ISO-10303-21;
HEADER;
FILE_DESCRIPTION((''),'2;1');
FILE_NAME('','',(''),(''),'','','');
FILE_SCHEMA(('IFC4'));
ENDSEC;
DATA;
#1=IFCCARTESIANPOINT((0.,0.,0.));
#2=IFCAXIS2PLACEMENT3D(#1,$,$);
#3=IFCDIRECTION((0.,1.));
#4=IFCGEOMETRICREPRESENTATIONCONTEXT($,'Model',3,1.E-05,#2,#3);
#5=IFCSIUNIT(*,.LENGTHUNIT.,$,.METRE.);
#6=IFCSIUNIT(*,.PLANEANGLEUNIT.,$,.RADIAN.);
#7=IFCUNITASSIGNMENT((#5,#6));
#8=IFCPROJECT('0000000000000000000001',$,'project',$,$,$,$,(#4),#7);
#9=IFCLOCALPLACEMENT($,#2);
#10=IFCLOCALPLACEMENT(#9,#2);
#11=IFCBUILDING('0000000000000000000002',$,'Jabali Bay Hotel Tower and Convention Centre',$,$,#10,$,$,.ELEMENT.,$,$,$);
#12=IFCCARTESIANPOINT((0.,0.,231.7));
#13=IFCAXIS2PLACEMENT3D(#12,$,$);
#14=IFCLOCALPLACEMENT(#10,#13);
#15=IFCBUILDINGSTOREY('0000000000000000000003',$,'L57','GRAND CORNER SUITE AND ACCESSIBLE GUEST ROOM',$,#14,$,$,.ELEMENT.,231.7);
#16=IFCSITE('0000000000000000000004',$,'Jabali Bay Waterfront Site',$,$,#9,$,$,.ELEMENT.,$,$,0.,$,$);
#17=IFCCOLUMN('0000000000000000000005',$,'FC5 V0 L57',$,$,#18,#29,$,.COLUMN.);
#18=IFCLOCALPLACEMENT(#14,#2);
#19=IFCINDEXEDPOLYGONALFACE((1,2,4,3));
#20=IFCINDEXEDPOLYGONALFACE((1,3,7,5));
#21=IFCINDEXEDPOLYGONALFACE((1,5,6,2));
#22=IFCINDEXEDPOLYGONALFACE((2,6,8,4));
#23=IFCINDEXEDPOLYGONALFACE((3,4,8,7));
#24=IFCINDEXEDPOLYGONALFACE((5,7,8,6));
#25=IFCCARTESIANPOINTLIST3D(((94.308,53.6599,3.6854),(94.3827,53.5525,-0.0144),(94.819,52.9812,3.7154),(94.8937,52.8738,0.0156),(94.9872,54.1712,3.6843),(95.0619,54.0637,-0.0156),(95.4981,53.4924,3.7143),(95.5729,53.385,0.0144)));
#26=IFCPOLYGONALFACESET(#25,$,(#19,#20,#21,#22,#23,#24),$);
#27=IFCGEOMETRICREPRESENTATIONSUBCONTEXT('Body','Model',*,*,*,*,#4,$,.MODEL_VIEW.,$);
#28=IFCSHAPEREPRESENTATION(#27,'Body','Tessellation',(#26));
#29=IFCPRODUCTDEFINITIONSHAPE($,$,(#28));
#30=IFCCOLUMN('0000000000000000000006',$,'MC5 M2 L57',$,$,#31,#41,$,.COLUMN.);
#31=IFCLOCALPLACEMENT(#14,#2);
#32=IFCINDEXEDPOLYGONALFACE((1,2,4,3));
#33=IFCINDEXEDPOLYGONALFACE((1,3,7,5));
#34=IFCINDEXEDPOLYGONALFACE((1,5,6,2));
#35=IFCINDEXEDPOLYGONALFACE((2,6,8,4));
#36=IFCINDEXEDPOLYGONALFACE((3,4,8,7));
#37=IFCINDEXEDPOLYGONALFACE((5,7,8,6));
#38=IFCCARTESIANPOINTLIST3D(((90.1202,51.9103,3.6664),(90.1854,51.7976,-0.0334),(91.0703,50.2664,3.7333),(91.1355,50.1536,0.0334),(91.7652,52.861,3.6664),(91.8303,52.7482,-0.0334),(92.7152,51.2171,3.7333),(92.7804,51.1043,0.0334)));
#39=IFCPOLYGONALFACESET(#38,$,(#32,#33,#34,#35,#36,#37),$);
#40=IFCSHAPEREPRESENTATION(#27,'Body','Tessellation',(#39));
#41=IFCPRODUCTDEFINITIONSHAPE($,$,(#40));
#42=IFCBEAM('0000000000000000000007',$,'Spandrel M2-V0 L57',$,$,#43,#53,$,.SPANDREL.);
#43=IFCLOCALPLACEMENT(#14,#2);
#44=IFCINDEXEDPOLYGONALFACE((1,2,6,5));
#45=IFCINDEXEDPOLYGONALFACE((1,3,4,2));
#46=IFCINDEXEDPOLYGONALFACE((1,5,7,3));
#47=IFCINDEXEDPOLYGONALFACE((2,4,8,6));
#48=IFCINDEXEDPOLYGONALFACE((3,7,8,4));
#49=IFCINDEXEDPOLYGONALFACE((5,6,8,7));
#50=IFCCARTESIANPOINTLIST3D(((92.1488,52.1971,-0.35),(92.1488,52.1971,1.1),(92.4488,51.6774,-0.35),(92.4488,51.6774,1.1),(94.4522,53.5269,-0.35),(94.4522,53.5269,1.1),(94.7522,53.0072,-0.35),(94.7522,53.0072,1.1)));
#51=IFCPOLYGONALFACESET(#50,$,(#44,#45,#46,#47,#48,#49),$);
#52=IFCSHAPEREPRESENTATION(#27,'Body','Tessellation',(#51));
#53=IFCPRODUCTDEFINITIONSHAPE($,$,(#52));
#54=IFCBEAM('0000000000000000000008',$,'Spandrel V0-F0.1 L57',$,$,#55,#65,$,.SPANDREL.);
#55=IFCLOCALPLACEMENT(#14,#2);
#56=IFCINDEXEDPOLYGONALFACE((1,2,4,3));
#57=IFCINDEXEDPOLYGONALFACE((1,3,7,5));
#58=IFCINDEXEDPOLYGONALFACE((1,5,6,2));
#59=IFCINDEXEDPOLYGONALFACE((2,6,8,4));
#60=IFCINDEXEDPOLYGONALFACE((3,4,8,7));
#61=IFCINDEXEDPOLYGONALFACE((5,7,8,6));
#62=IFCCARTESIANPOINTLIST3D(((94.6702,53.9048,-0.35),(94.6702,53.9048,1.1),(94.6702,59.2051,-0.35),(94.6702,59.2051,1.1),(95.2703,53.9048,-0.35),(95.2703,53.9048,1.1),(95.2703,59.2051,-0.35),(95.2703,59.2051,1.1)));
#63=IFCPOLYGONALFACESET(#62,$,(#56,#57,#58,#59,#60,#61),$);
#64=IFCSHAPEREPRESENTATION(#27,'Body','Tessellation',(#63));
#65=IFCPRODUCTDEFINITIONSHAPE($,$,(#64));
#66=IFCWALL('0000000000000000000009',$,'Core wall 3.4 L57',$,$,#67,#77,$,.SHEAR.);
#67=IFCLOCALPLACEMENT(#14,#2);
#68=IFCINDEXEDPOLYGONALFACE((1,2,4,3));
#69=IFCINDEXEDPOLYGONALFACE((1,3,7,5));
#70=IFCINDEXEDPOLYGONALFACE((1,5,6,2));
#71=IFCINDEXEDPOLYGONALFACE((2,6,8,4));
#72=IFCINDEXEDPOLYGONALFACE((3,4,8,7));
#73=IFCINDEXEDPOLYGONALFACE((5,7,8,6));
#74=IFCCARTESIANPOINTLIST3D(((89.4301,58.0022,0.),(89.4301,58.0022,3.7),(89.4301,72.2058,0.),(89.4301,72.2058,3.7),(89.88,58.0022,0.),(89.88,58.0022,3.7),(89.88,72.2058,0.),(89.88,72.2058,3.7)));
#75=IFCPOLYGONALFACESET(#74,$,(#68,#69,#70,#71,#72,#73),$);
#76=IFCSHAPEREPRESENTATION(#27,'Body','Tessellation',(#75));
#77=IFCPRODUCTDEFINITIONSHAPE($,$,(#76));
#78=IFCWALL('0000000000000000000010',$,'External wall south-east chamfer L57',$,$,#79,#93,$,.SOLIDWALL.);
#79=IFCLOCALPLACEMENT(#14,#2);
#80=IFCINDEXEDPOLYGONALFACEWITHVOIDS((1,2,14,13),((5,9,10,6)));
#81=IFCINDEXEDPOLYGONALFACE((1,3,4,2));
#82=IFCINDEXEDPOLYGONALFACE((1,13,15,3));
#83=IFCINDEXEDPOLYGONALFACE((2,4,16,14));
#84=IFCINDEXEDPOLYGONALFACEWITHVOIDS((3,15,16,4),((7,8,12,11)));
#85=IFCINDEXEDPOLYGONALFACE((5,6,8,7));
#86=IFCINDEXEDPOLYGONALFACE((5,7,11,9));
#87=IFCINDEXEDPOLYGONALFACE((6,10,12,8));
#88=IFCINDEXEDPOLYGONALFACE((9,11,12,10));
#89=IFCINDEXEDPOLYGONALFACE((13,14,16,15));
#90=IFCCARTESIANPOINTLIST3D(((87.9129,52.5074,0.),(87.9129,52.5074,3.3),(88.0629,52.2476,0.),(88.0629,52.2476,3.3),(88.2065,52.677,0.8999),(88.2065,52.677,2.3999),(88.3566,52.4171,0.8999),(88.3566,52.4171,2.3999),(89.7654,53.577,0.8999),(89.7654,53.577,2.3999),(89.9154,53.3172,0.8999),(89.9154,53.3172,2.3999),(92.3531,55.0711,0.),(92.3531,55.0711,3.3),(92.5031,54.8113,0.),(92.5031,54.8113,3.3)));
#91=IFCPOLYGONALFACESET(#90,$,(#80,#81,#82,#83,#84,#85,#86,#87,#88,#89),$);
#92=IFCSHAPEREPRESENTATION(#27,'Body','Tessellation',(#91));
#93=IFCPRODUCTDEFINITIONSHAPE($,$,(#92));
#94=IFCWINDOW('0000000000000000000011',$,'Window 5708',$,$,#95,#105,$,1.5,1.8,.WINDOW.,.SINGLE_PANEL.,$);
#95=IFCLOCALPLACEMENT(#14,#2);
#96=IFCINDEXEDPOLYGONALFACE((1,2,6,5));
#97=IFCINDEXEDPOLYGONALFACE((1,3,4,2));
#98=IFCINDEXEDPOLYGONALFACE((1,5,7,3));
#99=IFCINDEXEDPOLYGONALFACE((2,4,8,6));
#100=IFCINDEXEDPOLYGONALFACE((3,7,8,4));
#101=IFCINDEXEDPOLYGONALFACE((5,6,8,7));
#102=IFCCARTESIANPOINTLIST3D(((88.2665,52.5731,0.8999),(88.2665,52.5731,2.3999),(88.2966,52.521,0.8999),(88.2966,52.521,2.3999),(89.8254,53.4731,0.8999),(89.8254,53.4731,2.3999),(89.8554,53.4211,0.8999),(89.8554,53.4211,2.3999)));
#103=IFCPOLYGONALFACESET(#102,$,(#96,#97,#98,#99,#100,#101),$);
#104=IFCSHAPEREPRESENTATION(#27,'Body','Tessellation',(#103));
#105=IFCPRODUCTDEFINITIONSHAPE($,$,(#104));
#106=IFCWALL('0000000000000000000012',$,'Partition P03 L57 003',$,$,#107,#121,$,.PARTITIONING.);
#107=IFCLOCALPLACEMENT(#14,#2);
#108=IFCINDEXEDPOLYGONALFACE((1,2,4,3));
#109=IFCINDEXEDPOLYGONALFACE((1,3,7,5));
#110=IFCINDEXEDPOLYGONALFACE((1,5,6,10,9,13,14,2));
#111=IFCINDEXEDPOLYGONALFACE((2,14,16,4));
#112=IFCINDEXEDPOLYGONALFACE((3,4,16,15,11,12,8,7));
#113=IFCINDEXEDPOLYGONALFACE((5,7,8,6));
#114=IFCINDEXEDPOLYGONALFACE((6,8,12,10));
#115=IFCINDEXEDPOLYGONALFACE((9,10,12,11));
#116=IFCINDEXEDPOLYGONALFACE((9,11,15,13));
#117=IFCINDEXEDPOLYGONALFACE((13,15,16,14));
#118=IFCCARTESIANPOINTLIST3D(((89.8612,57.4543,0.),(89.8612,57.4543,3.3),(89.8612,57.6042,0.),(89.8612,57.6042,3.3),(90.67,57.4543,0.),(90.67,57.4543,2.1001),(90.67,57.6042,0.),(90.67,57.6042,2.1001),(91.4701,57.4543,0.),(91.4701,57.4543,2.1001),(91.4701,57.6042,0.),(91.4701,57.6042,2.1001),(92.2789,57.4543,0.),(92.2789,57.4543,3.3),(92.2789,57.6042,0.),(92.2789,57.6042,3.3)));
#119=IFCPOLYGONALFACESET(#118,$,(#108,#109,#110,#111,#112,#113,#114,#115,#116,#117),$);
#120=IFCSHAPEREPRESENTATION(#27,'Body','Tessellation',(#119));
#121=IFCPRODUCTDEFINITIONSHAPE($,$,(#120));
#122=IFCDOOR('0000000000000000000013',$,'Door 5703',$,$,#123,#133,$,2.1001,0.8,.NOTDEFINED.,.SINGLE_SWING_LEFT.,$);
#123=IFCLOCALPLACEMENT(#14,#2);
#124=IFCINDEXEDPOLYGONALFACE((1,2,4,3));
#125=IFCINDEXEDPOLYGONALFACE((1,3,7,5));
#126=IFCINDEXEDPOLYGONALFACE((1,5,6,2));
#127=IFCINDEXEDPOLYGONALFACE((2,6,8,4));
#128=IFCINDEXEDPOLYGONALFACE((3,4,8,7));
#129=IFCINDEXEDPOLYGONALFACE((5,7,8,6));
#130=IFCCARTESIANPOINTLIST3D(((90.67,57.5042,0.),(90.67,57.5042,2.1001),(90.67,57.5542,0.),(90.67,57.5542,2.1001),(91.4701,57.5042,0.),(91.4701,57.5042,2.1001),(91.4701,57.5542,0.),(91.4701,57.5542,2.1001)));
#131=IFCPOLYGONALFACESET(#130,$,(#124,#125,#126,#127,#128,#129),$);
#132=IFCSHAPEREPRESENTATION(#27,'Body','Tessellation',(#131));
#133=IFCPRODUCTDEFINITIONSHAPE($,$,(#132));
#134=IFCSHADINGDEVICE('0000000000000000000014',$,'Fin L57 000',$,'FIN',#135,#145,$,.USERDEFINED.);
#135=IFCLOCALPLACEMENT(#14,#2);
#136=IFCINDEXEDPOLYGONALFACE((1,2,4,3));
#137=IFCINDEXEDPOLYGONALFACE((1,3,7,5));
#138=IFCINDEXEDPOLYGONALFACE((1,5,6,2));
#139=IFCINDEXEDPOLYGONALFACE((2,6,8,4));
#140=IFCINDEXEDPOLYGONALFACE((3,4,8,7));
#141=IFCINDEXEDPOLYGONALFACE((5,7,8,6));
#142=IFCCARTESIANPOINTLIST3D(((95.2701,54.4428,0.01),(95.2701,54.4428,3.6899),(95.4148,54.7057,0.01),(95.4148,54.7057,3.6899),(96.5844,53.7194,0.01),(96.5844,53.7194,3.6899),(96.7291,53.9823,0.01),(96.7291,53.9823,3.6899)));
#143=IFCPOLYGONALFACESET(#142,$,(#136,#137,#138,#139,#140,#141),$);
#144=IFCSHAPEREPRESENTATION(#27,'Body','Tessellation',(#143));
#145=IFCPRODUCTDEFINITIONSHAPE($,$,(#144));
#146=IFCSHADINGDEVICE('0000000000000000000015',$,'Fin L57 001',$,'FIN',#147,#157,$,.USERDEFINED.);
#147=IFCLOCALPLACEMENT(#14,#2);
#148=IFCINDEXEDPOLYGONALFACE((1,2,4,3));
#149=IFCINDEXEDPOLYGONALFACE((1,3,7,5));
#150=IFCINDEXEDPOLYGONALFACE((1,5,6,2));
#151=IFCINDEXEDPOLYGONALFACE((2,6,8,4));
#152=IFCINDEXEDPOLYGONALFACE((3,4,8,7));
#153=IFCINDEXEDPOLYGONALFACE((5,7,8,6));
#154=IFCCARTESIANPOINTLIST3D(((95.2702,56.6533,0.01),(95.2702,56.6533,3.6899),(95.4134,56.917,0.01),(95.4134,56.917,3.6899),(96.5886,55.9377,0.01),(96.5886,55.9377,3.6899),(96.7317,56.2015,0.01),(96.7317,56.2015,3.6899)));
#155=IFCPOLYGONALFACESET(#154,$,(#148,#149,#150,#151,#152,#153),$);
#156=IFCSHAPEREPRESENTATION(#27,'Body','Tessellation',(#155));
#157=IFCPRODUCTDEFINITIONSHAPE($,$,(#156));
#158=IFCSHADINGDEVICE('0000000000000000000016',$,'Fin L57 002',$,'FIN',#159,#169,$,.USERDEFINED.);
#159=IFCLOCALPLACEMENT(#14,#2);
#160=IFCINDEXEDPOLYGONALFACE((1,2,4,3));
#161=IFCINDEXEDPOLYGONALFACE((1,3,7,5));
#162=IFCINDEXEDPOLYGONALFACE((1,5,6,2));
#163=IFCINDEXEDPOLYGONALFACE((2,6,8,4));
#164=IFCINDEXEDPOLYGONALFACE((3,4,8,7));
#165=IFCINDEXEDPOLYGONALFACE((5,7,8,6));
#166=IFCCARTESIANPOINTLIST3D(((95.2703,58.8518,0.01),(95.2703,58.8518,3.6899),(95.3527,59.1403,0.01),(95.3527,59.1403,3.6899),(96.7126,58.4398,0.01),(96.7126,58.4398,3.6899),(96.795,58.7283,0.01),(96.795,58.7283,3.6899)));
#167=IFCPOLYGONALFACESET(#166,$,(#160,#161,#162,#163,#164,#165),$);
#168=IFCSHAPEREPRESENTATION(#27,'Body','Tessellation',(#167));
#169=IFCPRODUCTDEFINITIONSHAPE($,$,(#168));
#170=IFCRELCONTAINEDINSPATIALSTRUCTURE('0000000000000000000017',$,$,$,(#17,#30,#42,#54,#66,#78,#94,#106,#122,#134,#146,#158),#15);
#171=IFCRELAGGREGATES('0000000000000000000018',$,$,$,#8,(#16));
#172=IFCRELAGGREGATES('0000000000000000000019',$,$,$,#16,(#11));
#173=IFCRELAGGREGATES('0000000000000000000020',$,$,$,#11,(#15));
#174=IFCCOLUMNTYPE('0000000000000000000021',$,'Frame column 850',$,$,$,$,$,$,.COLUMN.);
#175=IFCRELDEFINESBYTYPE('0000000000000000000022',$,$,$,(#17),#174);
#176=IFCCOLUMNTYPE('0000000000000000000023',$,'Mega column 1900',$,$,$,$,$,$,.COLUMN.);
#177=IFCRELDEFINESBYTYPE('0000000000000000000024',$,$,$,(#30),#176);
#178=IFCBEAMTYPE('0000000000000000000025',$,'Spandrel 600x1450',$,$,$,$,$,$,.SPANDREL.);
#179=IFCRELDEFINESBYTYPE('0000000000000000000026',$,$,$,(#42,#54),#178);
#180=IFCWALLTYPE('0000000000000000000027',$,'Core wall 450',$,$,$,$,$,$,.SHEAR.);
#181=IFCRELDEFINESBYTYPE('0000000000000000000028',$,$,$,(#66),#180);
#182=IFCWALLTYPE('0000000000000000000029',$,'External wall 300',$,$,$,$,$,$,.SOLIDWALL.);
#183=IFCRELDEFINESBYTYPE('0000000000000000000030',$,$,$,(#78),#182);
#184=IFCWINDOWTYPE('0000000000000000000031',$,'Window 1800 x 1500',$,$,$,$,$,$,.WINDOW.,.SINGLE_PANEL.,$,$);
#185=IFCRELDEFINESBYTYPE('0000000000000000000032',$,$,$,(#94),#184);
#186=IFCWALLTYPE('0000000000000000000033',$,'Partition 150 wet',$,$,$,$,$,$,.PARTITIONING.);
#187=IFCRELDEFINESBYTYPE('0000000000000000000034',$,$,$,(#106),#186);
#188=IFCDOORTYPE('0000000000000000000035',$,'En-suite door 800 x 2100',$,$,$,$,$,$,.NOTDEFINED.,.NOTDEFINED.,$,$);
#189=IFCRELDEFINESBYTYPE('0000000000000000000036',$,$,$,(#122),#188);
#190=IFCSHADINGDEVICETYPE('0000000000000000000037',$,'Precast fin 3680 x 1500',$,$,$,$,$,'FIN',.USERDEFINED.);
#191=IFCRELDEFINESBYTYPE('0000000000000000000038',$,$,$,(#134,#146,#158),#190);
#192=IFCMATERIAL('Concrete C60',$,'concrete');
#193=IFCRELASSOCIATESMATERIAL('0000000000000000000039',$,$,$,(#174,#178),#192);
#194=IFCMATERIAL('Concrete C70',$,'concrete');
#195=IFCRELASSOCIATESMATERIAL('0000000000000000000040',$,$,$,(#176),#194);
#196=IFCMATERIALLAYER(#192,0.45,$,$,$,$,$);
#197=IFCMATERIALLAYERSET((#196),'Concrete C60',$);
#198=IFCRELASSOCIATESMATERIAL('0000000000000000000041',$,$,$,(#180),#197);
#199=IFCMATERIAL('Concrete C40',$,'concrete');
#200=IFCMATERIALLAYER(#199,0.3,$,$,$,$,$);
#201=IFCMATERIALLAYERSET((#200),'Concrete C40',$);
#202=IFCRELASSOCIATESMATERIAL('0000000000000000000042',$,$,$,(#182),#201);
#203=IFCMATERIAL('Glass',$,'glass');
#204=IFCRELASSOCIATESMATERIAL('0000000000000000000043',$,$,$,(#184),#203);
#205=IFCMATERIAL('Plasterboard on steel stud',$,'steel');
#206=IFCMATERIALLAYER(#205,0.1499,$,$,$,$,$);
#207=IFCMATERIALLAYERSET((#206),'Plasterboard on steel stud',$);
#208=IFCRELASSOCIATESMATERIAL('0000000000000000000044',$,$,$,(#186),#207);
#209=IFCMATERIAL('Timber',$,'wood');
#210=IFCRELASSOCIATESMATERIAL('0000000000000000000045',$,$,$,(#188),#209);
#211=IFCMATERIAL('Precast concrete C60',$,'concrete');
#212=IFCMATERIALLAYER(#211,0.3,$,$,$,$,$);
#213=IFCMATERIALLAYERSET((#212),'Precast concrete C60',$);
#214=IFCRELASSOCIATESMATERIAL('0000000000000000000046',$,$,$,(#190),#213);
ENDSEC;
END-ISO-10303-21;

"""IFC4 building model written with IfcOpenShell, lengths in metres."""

from ifc_helpers import new_model, si_unit, direction, frame, frame_2d, origin, origin_2d, place, context, subcontext, project, spatial, rectangle, extrude, material, layer, layer_set, material_profile, profile_set, type_object, element, fill, save


model = new_model("IFC4")

# Units and contexts
model_context = context("Model", 3, precision=1e-05, world=origin(), true_north=direction((0.0, 1.0)))
body_context = subcontext(model_context, "Body", "Model", "MODEL_VIEW")
ifc_project = project(units=[si_unit("LENGTHUNIT", "METRE"), si_unit("PLANEANGLEUNIT", "RADIAN")], contexts=[model_context])

# Site, building, storey
site_placement = place(None, origin())
site = spatial("IfcSite", under=ifc_project, at=site_placement, Name="Jabali Bay Waterfront Site", CompositionType="ELEMENT", RefElevation=0.0)
building_placement = place(site_placement, origin())
building = spatial("IfcBuilding", under=site, at=building_placement, Name="Jabali Bay Hotel Tower and Convention Centre", CompositionType="ELEMENT")
storey_placement = place(building_placement, frame((0.0, 0.0, 231.7)))
storey = spatial("IfcBuildingStorey", under=building, at=storey_placement, Name="L57", Description="GRAND CORNER SUITE AND ACCESSIBLE GUEST ROOM", CompositionType="ELEMENT", Elevation=231.7)

# Columns
ifc_material_1 = material(Name="Concrete C60", Category="concrete")
ifc_material_profile_1 = material_profile(ifc_material_1, rectangle(XDim=0.8501, YDim=0.8501, at=origin_2d()), Name="Frame column 850")
ifc_profile_set_1 = profile_set([ifc_material_profile_1], Name="Concrete C60")
column_type_1 = type_object("IfcColumnType", Name="Frame column 850", PredefinedType="COLUMN", material=ifc_profile_set_1)
column_1_placement = place(storey_placement, frame((94.9778, 53.4688, 0.0), z_axis=(-0.020179, 0.029015, 0.999375), x_axis=(-0.798956, -0.601388, 0.001328)))
element("IfcColumn", 1, at=column_1_placement, inside=storey, type_object=column_type_1, Name="FC5 V0 L57", PredefinedType="COLUMN", context=body_context, shape_type="SweptSolid", body=[
    extrude(rectangle(XDim=0.8501, YDim=0.8501, at=origin_2d()), origin(), (0.0, 0.0, 1.0), 3.7021),
])
ifc_material_2 = material(Name="Concrete C70", Category="concrete")
ifc_material_profile_2 = material_profile(ifc_material_2, rectangle(XDim=1.8999, YDim=1.8999, at=origin_2d()), Name="Mega column 1900")
ifc_profile_set_2 = profile_set([ifc_material_profile_2], Name="Concrete C70")
column_type_2 = type_object("IfcColumnType", Name="Mega column 1900", PredefinedType="COLUMN", material=ifc_profile_set_2)
column_2_placement = place(storey_placement, frame((91.4829, 51.4509, 0.0), z_axis=(-0.017607, 0.030466, 0.999381), x_axis=(-0.865808, -0.500377, 0.0)))
element("IfcColumn", 2, at=column_2_placement, inside=storey, type_object=column_type_2, Name="MC5 M2 L57", PredefinedType="COLUMN", context=body_context, shape_type="SweptSolid", body=[
    extrude(rectangle(XDim=1.8999, YDim=1.8999, at=origin_2d()), origin(), (0.0, 0.0, 1.0), 3.7021),
])

# Beams
ifc_material_profile_3 = material_profile(ifc_material_1, rectangle(XDim=0.6001, YDim=1.45, at=origin_2d()), Name="Spandrel 600x1450")
ifc_profile_set_3 = profile_set([ifc_material_profile_3], Name="Concrete C60")
beam_type = type_object("IfcBeamType", Name="Spandrel 600x1450", PredefinedType="SPANDREL", material=ifc_profile_set_3)
beam_1_placement = place(storey_placement, frame((92.2988, 51.9373, 0.375), z_axis=(0.866037, 0.499979, 0.0), x_axis=(-0.499979, 0.866037, 0.0)))
element("IfcBeam", 3, at=beam_1_placement, inside=storey, type_object=beam_type, Name="Spandrel M2-V0 L57", PredefinedType="SPANDREL", context=body_context, shape_type="SweptSolid", body=[
    extrude(rectangle(XDim=0.6001, YDim=1.45, at=origin_2d()), origin(), (0.0, 0.0, 1.0), 2.6597),
])
beam_2_placement = place(storey_placement, frame((94.9702, 53.9048, 0.375), z_axis=(0.0, 1.0, 0.0), x_axis=(-1.0, 0.0, 0.0)))
element("IfcBeam", 4, at=beam_2_placement, inside=storey, type_object=beam_type, Name="Spandrel V0-F0.1 L57", PredefinedType="SPANDREL", context=body_context, shape_type="SweptSolid", body=[
    extrude(rectangle(XDim=0.6001, YDim=1.45, at=origin_2d()), origin(), (0.0, 0.0, 1.0), 5.3003),
])

# Wall
ifc_layer_1 = layer(ifc_material_1, 0.45)
ifc_layer_set_1 = layer_set([ifc_layer_1], Name="Concrete C60")
wall_type_1 = type_object("IfcWallType", Name="Core wall 450", PredefinedType="SHEAR", material=ifc_layer_set_1)
wall_1_placement = place(storey_placement, frame((89.655, 58.0022, 0.0), z_axis=(0.0, 0.0, 1.0), x_axis=(0.0, 1.0, 0.0)))
element("IfcWall", 5, at=wall_1_placement, inside=storey, type_object=wall_type_1, Name="Core wall 3.4 L57", PredefinedType="SHEAR", context=body_context, shape_type="SweptSolid", body=[
    extrude(rectangle(XDim=14.2036, YDim=0.45, at=frame_2d((7.1018, 0.0))), origin(), (0.0, 0.0, 1.0), 3.7),
])

# Wall, opening, window
ifc_material_3 = material(Name="Concrete C40", Category="concrete")
ifc_layer_2 = layer(ifc_material_3, 0.3)
ifc_layer_set_2 = layer_set([ifc_layer_2], Name="Concrete C40")
wall_type_2 = type_object("IfcWallType", Name="External wall 300", PredefinedType="SOLIDWALL", material=ifc_layer_set_2)
wall_2_placement = place(storey_placement, frame((92.428, 54.9412, 0.0), z_axis=(0.0, 0.0, 1.0), x_axis=(-0.86601, -0.500026, 0.0)))
wall_2 = element("IfcWall", 6, at=wall_2_placement, inside=storey, type_object=wall_type_2, Name="External wall south-east chamfer L57", PredefinedType="SOLIDWALL", context=body_context, shape_type="SweptSolid", body=[
    extrude(rectangle(XDim=5.1272, YDim=0.3, at=frame_2d((2.5635, 0.0))), origin(), (0.0, 0.0, 1.0), 3.3),
])
opening_1_placement = place(wall_2_placement, frame((2.988, 0.0, 0.8999)))
opening_1 = element("IfcOpeningElement", 7, at=opening_1_placement, cuts=wall_2, PredefinedType="OPENING", context=body_context, shape_type="SweptSolid", body=[
    extrude(rectangle(XDim=1.8, YDim=1.5, at=frame_2d((0.8999, 0.75))), frame((0.0, 0.1606, 0.0), z_axis=(0.0, -1.0, 0.0), x_axis=(1.0, 0.0, 0.0)), (0.0, 0.0, 1.0), 0.321),
])
ifc_material_4 = material(Name="Glass", Category="glass")
window_type = type_object("IfcWindowType", Name="Window 1800 x 1500", PartitioningType="SINGLE_PANEL", PredefinedType="WINDOW", material=ifc_material_4)
window_placement = place(opening_1_placement, origin())
window = element("IfcWindow", 8, at=window_placement, inside=storey, type_object=window_type, Name="Window 5708", OverallHeight=1.5, OverallWidth=1.8, PartitioningType="SINGLE_PANEL", PredefinedType="WINDOW", context=body_context, shape_type="SweptSolid", body=[
    extrude(rectangle(XDim=1.8, YDim=1.5, at=frame_2d((0.8999, 0.75))), frame((0.0, 0.03, 0.0), z_axis=(0.0, -1.0, 0.0), x_axis=(1.0, 0.0, 0.0)), (0.0, 0.0, 1.0), 0.0601),
])
fill(opening_1, window)

# Wall, opening, door
ifc_material_5 = material(Name="Plasterboard on steel stud", Category="steel")
ifc_layer_3 = layer(ifc_material_5, 0.1499)
ifc_layer_set_3 = layer_set([ifc_layer_3], Name="Plasterboard on steel stud")
wall_type_3 = type_object("IfcWallType", Name="Partition 150 wet", PredefinedType="PARTITIONING", material=ifc_layer_set_3)
wall_3_placement = place(storey_placement, frame((89.8611, 57.5293, 0.0), z_axis=(0.0, 0.0, 1.0), x_axis=(1.0, 0.0, 0.0)))
wall_3 = element("IfcWall", 9, at=wall_3_placement, inside=storey, type_object=wall_type_3, Name="Partition P03 L57 003", PredefinedType="PARTITIONING", context=body_context, shape_type="SweptSolid", body=[
    extrude(rectangle(XDim=2.4177, YDim=0.1499, at=frame_2d((1.209, 0.0))), origin(), (0.0, 0.0, 1.0), 3.3),
])
opening_2_placement = place(wall_3_placement, frame((0.8091, 0.0, 0.0)))
opening_2 = element("IfcOpeningElement", 10, at=opening_2_placement, cuts=wall_3, PredefinedType="OPENING", context=body_context, shape_type="SweptSolid", body=[
    extrude(rectangle(XDim=0.8, YDim=2.1001, at=frame_2d((0.3999, 1.05))), frame((0.0, 0.0854, 0.0), z_axis=(0.0, -1.0, 0.0), x_axis=(1.0, 0.0, 0.0)), (0.0, 0.0, 1.0), 0.1709),
])
ifc_material_6 = material(Name="Timber", Category="wood")
door_type = type_object("IfcDoorType", Name="En-suite door 800 x 2100", OperationType="NOTDEFINED", PredefinedType="NOTDEFINED", material=ifc_material_6)
door_placement = place(opening_2_placement, origin())
door = element("IfcDoor", 11, at=door_placement, inside=storey, type_object=door_type, Name="Door 5703", OperationType="SINGLE_SWING_LEFT", OverallHeight=2.1001, OverallWidth=0.8, PredefinedType="NOTDEFINED", context=body_context, shape_type="SweptSolid", body=[
    extrude(rectangle(XDim=0.8, YDim=2.1001, at=frame_2d((0.3999, 1.05))), frame((0.0, 0.0249, 0.0), z_axis=(0.0, -1.0, 0.0), x_axis=(1.0, 0.0, 0.0)), (0.0, 0.0, 1.0), 0.05),
])
fill(opening_2, door)

# Shading devices
ifc_material_7 = material(Name="Precast concrete C60", Category="concrete")
ifc_layer_4 = layer(ifc_material_7, 0.3)
ifc_layer_set_4 = layer_set([ifc_layer_4], Name="Precast concrete C60")
shading_device_type = type_object("IfcShadingDeviceType", Name="Precast fin 3680 x 1500", ElementType="FIN", PredefinedType="USERDEFINED", material=ifc_layer_set_4)
shading_device_1_placement = place(storey_placement, frame((95.3425, 54.5742, 0.01), z_axis=(0.0, 0.0, 1.0), x_axis=(0.876054, -0.482212, 0.0)))
element("IfcShadingDevice", 12, at=shading_device_1_placement, inside=storey, type_object=shading_device_type, Name="Fin L57 000", ObjectType="FIN", PredefinedType="USERDEFINED", context=body_context, shape_type="SweptSolid", body=[
    extrude(rectangle(XDim=1.5002, YDim=0.3, at=frame_2d((0.75, 0.0))), origin(), (0.0, 0.0, 1.0), 3.6799),
])
for number, where, z_axis, x_axis, name in (
    (13, (95.3418, 56.7852, 0.01), (0.0, 0.0, 1.0), (0.878883, -0.477038, 0.0), "Fin L57 001"),
    (14, (95.3115, 58.9961, 0.01), (0.0, 0.0, 1.0), (0.961524, -0.274721, 0.0), "Fin L57 002"),
):
    element("IfcShadingDevice", number, at=place(storey_placement, frame(where, z_axis=z_axis, x_axis=x_axis)), inside=storey, type_object=shading_device_type, Name=name, ObjectType="FIN", PredefinedType="USERDEFINED", context=body_context, shape_type="SweptSolid", body=[
        extrude(rectangle(XDim=1.5, YDim=0.3, at=frame_2d((0.75, 0.0))), origin(), (0.0, 0.0, 1.0), 3.6799),
    ])

save(model, "model.ifc")
